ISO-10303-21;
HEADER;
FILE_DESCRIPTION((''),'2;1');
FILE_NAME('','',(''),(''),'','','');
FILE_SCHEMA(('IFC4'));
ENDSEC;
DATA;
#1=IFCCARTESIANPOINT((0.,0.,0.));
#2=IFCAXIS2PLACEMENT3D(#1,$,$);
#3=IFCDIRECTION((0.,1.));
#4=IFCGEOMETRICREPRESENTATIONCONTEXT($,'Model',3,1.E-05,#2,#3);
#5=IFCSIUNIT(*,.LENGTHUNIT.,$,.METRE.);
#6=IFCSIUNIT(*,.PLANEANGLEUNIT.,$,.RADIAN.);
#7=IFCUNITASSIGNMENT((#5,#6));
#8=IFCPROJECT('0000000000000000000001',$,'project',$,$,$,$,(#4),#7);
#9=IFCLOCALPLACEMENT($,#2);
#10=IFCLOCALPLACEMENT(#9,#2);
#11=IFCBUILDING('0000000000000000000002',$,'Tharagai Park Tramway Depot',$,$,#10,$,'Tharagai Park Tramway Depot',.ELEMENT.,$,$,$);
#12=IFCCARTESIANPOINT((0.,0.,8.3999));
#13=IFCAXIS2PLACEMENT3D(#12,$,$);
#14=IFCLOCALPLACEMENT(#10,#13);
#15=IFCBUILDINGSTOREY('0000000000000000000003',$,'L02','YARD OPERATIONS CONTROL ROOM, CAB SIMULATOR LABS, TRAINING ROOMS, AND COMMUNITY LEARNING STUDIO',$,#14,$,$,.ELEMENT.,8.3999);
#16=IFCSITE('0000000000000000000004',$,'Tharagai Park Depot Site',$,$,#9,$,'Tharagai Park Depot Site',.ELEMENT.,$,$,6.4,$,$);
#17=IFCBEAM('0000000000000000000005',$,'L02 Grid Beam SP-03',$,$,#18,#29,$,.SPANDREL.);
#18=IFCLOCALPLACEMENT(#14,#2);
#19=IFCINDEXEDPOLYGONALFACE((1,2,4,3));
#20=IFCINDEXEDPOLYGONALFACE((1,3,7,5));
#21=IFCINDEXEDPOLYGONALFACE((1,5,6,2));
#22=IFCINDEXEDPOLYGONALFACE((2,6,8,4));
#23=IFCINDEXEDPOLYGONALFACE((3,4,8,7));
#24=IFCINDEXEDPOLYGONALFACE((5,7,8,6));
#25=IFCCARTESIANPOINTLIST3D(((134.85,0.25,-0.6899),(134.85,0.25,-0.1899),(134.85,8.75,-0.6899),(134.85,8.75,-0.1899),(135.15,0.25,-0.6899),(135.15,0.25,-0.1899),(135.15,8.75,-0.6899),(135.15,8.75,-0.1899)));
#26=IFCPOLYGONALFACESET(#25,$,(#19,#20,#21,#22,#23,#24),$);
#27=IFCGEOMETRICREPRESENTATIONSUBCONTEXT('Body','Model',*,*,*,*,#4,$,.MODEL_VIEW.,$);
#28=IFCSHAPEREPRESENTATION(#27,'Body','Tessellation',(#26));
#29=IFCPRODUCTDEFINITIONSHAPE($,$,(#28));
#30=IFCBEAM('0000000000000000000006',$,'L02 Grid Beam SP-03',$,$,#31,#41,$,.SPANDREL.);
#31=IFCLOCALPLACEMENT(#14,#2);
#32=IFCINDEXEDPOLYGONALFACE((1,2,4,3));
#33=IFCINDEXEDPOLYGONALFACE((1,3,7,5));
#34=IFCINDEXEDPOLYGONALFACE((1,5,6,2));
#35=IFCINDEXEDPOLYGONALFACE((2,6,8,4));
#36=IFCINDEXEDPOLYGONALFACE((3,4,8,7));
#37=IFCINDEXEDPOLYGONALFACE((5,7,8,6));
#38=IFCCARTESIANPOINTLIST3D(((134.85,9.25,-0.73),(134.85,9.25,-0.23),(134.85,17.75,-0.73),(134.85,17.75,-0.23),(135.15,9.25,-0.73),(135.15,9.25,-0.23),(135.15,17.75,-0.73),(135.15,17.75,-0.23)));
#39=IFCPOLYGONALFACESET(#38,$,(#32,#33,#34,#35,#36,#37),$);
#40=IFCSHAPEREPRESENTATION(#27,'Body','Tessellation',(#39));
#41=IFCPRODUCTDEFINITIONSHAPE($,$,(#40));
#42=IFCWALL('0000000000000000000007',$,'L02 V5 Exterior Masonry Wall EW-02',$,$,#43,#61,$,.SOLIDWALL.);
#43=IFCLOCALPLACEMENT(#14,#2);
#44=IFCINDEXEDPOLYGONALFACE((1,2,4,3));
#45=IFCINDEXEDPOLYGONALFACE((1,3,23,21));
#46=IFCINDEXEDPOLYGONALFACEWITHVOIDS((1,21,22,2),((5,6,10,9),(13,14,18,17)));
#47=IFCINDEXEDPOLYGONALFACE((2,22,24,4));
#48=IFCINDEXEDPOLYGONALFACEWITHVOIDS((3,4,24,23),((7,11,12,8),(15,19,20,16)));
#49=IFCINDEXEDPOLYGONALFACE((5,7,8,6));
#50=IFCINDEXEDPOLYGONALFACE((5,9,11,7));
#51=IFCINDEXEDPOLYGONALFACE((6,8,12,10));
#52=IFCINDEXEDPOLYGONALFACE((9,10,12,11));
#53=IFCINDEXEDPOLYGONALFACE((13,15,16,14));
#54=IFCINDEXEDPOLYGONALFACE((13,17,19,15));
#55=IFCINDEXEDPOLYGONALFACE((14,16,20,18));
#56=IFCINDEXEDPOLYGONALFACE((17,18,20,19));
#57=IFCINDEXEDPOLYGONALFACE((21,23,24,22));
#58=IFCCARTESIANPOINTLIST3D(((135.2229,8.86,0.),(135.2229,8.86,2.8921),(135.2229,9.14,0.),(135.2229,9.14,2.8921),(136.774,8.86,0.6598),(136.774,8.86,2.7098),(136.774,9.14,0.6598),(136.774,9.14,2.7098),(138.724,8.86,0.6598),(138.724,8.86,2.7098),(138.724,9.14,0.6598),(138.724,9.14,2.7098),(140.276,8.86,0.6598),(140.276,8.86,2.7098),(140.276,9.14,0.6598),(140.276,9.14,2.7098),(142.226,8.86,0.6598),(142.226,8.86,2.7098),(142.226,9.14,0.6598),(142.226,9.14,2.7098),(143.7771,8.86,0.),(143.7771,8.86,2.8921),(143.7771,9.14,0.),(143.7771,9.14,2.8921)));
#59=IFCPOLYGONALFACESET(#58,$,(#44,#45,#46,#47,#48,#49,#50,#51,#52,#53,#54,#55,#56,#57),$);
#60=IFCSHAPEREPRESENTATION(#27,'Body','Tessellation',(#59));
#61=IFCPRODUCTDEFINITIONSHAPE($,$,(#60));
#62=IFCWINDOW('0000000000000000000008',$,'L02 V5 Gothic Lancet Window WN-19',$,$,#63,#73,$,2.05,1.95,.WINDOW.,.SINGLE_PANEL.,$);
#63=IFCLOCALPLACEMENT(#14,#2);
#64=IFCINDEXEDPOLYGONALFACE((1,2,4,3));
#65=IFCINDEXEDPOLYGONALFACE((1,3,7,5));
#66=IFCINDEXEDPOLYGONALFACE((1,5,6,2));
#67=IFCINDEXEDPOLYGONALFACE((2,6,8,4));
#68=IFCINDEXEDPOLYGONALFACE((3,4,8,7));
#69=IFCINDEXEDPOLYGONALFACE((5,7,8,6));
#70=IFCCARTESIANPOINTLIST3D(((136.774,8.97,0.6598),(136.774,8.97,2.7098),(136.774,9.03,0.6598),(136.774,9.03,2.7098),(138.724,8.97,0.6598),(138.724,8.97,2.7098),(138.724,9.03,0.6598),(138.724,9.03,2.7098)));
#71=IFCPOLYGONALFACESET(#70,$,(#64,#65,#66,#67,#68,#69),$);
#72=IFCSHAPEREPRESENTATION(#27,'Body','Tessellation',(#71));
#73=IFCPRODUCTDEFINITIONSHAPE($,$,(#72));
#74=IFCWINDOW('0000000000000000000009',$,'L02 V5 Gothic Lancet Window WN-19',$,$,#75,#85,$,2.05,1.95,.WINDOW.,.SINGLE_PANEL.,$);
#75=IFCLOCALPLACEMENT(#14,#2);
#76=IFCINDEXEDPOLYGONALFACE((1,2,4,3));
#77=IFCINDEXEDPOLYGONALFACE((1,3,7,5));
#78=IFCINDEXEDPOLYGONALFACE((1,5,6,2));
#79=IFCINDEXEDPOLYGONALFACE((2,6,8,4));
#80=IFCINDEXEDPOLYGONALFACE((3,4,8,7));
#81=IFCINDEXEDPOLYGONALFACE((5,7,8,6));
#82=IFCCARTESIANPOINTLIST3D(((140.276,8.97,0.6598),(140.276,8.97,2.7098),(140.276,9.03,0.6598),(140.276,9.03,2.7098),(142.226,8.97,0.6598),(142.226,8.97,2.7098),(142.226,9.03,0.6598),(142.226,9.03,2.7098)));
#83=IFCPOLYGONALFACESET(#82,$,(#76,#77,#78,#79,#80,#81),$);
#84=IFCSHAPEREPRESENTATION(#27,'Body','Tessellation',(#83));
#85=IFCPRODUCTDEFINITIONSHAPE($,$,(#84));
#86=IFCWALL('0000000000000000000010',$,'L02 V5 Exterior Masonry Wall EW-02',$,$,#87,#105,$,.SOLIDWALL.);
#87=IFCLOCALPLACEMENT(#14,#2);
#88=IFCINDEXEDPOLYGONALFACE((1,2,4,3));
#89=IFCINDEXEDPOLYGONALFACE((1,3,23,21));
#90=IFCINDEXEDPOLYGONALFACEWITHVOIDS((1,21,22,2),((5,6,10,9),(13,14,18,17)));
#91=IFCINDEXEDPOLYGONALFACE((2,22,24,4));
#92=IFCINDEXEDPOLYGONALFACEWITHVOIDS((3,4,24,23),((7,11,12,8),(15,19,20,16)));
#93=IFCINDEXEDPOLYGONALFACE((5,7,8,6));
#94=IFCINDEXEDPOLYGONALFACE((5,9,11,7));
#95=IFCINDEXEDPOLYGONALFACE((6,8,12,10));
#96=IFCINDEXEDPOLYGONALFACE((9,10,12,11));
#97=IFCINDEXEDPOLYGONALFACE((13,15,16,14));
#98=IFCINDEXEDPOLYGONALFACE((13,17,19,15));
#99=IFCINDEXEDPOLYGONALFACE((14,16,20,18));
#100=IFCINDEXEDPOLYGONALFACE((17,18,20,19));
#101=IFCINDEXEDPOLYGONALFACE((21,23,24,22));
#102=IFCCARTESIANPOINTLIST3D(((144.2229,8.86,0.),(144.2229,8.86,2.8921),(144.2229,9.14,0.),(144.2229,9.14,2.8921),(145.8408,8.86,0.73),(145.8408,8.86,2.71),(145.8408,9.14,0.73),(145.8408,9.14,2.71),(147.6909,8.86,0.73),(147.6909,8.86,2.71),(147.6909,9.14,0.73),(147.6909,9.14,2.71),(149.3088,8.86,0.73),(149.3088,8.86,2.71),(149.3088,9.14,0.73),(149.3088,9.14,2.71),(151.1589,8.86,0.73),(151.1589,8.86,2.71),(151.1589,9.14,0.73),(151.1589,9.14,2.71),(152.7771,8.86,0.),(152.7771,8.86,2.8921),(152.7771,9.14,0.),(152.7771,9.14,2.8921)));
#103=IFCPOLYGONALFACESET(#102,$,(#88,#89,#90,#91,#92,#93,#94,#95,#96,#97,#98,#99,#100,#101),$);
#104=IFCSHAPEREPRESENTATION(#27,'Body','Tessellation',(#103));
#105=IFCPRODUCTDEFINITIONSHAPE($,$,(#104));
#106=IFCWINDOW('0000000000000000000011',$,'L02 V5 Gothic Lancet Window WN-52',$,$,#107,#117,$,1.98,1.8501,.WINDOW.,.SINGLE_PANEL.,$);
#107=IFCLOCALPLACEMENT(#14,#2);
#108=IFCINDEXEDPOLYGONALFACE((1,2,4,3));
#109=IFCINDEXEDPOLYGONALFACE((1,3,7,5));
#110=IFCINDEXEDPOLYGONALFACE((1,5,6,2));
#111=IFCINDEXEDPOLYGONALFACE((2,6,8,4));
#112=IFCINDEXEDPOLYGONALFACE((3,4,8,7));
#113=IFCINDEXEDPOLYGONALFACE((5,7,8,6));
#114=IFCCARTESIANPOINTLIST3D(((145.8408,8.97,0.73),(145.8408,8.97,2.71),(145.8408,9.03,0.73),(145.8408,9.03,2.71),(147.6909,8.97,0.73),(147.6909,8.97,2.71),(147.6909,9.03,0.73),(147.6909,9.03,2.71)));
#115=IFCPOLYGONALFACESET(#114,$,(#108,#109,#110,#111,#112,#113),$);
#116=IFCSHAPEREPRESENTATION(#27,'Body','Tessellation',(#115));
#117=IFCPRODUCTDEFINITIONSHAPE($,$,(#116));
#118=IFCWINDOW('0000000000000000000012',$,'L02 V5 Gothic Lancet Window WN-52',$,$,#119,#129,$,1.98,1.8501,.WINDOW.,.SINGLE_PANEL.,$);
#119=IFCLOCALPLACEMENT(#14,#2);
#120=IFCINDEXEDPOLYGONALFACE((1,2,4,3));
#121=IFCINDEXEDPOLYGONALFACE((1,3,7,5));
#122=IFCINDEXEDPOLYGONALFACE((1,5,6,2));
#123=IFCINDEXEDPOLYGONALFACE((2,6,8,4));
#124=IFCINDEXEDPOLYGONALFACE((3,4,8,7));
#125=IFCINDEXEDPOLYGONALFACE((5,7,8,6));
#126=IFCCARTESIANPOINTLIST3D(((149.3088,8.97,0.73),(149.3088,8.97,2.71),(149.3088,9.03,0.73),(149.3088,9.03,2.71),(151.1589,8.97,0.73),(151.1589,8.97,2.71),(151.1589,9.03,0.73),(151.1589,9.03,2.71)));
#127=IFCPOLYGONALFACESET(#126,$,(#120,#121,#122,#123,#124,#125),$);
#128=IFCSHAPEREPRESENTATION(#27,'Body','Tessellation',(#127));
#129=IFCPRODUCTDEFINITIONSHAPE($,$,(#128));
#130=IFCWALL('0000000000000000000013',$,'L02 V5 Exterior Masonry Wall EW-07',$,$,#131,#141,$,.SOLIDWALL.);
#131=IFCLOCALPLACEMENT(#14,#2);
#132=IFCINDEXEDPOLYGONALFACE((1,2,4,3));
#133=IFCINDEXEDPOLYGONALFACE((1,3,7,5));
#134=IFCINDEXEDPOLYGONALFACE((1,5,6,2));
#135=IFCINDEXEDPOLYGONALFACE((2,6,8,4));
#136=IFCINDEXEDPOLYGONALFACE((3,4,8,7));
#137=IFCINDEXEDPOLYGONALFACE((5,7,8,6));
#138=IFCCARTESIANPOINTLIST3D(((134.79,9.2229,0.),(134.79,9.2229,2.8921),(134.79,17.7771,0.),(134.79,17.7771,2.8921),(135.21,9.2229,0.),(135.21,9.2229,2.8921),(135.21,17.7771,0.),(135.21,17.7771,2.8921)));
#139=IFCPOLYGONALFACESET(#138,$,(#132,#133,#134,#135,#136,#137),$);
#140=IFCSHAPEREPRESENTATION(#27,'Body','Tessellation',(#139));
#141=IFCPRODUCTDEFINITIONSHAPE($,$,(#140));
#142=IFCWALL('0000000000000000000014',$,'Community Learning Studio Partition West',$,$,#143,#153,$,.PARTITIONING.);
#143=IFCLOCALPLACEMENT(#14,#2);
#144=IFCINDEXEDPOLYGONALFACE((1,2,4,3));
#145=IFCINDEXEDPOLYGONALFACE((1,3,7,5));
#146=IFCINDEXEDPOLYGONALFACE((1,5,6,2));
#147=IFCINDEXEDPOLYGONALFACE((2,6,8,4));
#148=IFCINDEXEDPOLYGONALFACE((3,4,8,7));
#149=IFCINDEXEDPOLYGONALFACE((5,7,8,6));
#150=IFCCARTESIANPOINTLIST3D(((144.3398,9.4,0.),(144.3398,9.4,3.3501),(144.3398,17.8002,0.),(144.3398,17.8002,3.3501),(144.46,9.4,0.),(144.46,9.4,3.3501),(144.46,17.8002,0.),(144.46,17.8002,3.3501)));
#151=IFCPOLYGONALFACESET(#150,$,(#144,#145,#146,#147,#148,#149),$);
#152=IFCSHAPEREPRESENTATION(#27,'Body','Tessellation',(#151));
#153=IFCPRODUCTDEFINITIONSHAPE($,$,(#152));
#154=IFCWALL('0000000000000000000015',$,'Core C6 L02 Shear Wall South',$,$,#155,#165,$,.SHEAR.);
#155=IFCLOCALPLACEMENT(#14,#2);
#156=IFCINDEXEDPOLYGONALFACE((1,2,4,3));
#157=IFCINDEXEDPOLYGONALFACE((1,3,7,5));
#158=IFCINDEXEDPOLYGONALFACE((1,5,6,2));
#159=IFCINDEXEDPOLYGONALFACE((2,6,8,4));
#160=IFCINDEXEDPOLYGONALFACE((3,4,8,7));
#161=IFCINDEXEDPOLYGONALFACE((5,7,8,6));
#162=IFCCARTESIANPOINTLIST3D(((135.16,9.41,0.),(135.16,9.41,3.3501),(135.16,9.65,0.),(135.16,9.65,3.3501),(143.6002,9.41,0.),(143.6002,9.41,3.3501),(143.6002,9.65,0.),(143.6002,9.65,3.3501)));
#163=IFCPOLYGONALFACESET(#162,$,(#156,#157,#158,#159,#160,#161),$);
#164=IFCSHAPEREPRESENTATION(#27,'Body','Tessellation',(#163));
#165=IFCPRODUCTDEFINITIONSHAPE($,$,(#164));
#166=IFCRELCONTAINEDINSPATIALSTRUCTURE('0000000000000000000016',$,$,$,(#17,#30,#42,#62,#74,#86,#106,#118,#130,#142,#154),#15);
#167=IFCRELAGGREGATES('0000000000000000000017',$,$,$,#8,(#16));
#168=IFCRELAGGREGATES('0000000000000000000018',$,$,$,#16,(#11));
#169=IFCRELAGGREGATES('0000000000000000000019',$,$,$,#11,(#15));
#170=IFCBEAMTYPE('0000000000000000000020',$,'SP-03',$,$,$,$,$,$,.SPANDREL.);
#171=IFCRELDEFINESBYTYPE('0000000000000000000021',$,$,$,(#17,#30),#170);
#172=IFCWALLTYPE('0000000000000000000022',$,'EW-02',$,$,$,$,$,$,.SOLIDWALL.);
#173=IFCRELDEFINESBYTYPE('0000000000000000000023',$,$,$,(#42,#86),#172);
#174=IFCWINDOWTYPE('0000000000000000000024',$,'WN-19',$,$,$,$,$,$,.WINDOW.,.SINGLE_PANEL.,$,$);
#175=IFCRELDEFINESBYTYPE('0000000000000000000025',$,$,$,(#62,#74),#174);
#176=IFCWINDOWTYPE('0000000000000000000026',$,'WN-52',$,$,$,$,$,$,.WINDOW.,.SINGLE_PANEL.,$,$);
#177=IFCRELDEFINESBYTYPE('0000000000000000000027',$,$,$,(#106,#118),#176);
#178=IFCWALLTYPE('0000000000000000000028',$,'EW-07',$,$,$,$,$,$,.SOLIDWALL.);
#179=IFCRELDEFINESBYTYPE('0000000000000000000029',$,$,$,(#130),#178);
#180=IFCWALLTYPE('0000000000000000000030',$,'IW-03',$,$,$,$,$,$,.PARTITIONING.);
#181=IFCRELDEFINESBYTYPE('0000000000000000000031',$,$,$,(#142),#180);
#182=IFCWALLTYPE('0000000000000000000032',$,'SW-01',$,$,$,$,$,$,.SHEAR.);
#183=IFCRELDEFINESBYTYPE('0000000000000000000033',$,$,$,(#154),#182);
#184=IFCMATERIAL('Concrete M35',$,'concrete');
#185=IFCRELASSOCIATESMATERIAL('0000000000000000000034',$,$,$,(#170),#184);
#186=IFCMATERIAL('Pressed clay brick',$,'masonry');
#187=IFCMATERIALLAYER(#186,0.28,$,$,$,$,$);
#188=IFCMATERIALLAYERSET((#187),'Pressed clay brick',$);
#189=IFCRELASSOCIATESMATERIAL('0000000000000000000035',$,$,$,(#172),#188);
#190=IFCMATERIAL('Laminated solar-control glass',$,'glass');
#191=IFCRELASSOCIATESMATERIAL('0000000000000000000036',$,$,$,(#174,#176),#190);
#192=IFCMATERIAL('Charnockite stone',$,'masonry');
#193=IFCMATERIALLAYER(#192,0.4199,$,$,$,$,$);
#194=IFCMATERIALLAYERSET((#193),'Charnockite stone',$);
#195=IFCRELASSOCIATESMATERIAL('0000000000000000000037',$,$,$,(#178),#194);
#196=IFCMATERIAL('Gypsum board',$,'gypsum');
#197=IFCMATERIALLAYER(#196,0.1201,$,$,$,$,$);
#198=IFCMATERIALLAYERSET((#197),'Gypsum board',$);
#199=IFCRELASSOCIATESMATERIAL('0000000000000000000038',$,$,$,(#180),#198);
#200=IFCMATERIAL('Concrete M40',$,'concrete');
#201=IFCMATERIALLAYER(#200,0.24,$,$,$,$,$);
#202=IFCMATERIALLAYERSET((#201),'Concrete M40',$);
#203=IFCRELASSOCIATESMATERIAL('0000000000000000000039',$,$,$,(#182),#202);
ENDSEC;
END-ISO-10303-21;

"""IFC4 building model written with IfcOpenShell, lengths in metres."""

from ifc_helpers import new_model, si_unit, direction, frame, frame_2d, origin, origin_2d, place, context, subcontext, project, spatial, rectangle, extrude, material, layer, layer_set, material_profile, profile_set, type_object, element, fill, save


model = new_model("IFC4")

# Units and contexts
model_context = context("Model", 3, precision=1e-05, world=origin(), true_north=direction((0.0, 1.0)))
body_context = subcontext(model_context, "Body", "Model", "MODEL_VIEW")
ifc_project = project(units=[si_unit("LENGTHUNIT", "METRE"), si_unit("PLANEANGLEUNIT", "RADIAN")], contexts=[model_context])

# Site, building, storey
site_placement = place(None, origin())
site = spatial("IfcSite", under=ifc_project, at=site_placement, Name="Tharagai Park Depot Site", LongName="Tharagai Park Depot Site", CompositionType="ELEMENT", RefElevation=6.4)
building_placement = place(site_placement, origin())
building = spatial("IfcBuilding", under=site, at=building_placement, Name="Tharagai Park Tramway Depot", LongName="Tharagai Park Tramway Depot", CompositionType="ELEMENT")
storey_placement = place(building_placement, frame((0.0, 0.0, 8.3999)))
storey = spatial("IfcBuildingStorey", under=building, at=storey_placement, Name="L02", Description="YARD OPERATIONS CONTROL ROOM, CAB SIMULATOR LABS, TRAINING ROOMS, AND COMMUNITY LEARNING STUDIO", CompositionType="ELEMENT", Elevation=8.3999)

# Shared definitions
ifc_material_1 = material(Name="Concrete M40", Category="concrete")

# Beams
ifc_material_2 = material(Name="Concrete M35", Category="concrete")
ifc_material_profile_1 = material_profile(ifc_material_2, rectangle(XDim=0.3, YDim=0.5, at=origin_2d()), Name="RC 300x500")
ifc_profile_set_1 = profile_set([ifc_material_profile_1], Name="Concrete M35")
beam_type_1 = type_object("IfcBeamType", Name="SP-03", PredefinedType="SPANDREL", material=ifc_profile_set_1)
for number, where, z_axis, x_axis, name in (
    (1, (135.0, 0.25, -0.4399), (0.0, 1.0, 0.0), (-1.0, 0.0, 0.0), "L02 Grid Beam SP-03"),
    (2, (135.0, 9.25, -0.48), (0.0, 1.0, 0.0), (-1.0, 0.0, 0.0), "L02 Grid Beam SP-03"),
):
    element("IfcBeam", number, at=place(storey_placement, frame(where, z_axis=z_axis, x_axis=x_axis)), inside=storey, type_object=beam_type_1, Name=name, PredefinedType="SPANDREL", context=body_context, shape_type="SweptSolid", body=[
        extrude(rectangle(XDim=0.3, YDim=0.5, at=origin_2d()), origin(), (0.0, 0.0, 1.0), 8.5),
    ])

# Walls, openings, windows
ifc_material_3 = material(Name="Pressed clay brick", Category="masonry")
ifc_layer_1 = layer(ifc_material_3, 0.28)
ifc_layer_set_1 = layer_set([ifc_layer_1], Name="Pressed clay brick")
wall_type_1 = type_object("IfcWallType", Name="EW-02", PredefinedType="SOLIDWALL", material=ifc_layer_set_1)
wall_1_placement = place(storey_placement, frame((135.2229, 9.0, 0.0), z_axis=(0.0, 0.0, 1.0), x_axis=(1.0, 0.0, 0.0)))
wall_1 = element("IfcWall", 3, at=wall_1_placement, inside=storey, type_object=wall_type_1, Name="L02 V5 Exterior Masonry Wall EW-02", PredefinedType="SOLIDWALL", context=body_context, shape_type="SweptSolid", body=[
    extrude(rectangle(XDim=8.5542, YDim=0.28, at=frame_2d((4.2771, 0.0))), origin(), (0.0, 0.0, 1.0), 2.8921),
])
opening_1_placement = place(wall_1_placement, frame((1.551, 0.0, 0.6599)))
opening_1 = element("IfcOpeningElement", 4, at=opening_1_placement, cuts=wall_1, PredefinedType="OPENING", context=body_context, shape_type="SweptSolid", body=[
    extrude(rectangle(XDim=1.95, YDim=2.05, at=frame_2d((0.9751, 1.0249))), frame((0.0, 0.1499, 0.0), z_axis=(0.0, -1.0, 0.0), x_axis=(1.0, 0.0, 0.0)), (0.0, 0.0, 1.0), 0.3),
])
opening_2_placement = place(wall_1_placement, frame((5.053, 0.0, 0.6599)))
opening_2 = element("IfcOpeningElement", 5, at=opening_2_placement, cuts=wall_1, PredefinedType="OPENING", context=body_context, shape_type="SweptSolid", body=[
    extrude(rectangle(XDim=1.95, YDim=2.05, at=frame_2d((0.9751, 1.0249))), frame((0.0, 0.1499, 0.0), z_axis=(0.0, -1.0, 0.0), x_axis=(1.0, 0.0, 0.0)), (0.0, 0.0, 1.0), 0.3),
])
ifc_material_4 = material(Name="Laminated solar-control glass", Category="glass")
window_type_1 = type_object("IfcWindowType", Name="WN-19", PartitioningType="SINGLE_PANEL", PredefinedType="WINDOW", material=ifc_material_4)
window_1_placement = place(opening_1_placement, origin())
window_1 = element("IfcWindow", 6, at=window_1_placement, inside=storey, type_object=window_type_1, Name="L02 V5 Gothic Lancet Window WN-19", OverallHeight=2.05, OverallWidth=1.95, PartitioningType="SINGLE_PANEL", PredefinedType="WINDOW", context=body_context, shape_type="SweptSolid", body=[
    extrude(rectangle(XDim=1.95, YDim=2.05, at=frame_2d((0.9751, 1.0249))), frame((0.0, 0.03, 0.0), z_axis=(0.0, -1.0, 0.0), x_axis=(1.0, 0.0, 0.0)), (0.0, 0.0, 1.0), 0.0601),
])
fill(opening_1, window_1)
window_2_placement = place(opening_2_placement, origin())
window_2 = element("IfcWindow", 7, at=window_2_placement, inside=storey, type_object=window_type_1, Name="L02 V5 Gothic Lancet Window WN-19", OverallHeight=2.05, OverallWidth=1.95, PartitioningType="SINGLE_PANEL", PredefinedType="WINDOW", context=body_context, shape_type="SweptSolid", body=[
    extrude(rectangle(XDim=1.95, YDim=2.05, at=frame_2d((0.9751, 1.0249))), frame((0.0, 0.03, 0.0), z_axis=(0.0, -1.0, 0.0), x_axis=(1.0, 0.0, 0.0)), (0.0, 0.0, 1.0), 0.0601),
])
fill(opening_2, window_2)
wall_2_placement = place(storey_placement, frame((144.2229, 9.0, 0.0), z_axis=(0.0, 0.0, 1.0), x_axis=(1.0, 0.0, 0.0)))
wall_2 = element("IfcWall", 8, at=wall_2_placement, inside=storey, type_object=wall_type_1, Name="L02 V5 Exterior Masonry Wall EW-02", PredefinedType="SOLIDWALL", context=body_context, shape_type="SweptSolid", body=[
    extrude(rectangle(XDim=8.5542, YDim=0.28, at=frame_2d((4.2771, 0.0))), origin(), (0.0, 0.0, 1.0), 2.8921),
])
opening_3_placement = place(wall_2_placement, frame((1.6179, 0.0, 0.73)))
opening_3 = element("IfcOpeningElement", 9, at=opening_3_placement, cuts=wall_2, PredefinedType="OPENING", context=body_context, shape_type="SweptSolid", body=[
    extrude(rectangle(XDim=1.8501, YDim=1.98, at=frame_2d((0.925, 0.99))), frame((0.0, 0.1499, 0.0), z_axis=(0.0, -1.0, 0.0), x_axis=(1.0, 0.0, 0.0)), (0.0, 0.0, 1.0), 0.3),
])
opening_4_placement = place(wall_2_placement, frame((5.0859, 0.0, 0.73)))
opening_4 = element("IfcOpeningElement", 10, at=opening_4_placement, cuts=wall_2, PredefinedType="OPENING", context=body_context, shape_type="SweptSolid", body=[
    extrude(rectangle(XDim=1.8501, YDim=1.98, at=frame_2d((0.925, 0.99))), frame((0.0, 0.1499, 0.0), z_axis=(0.0, -1.0, 0.0), x_axis=(1.0, 0.0, 0.0)), (0.0, 0.0, 1.0), 0.3),
])
window_type_2 = type_object("IfcWindowType", Name="WN-52", PartitioningType="SINGLE_PANEL", PredefinedType="WINDOW", material=ifc_material_4)
window_3_placement = place(opening_3_placement, origin())
window_3 = element("IfcWindow", 11, at=window_3_placement, inside=storey, type_object=window_type_2, Name="L02 V5 Gothic Lancet Window WN-52", OverallHeight=1.98, OverallWidth=1.8501, PartitioningType="SINGLE_PANEL", PredefinedType="WINDOW", context=body_context, shape_type="SweptSolid", body=[
    extrude(rectangle(XDim=1.8501, YDim=1.98, at=frame_2d((0.925, 0.99))), frame((0.0, 0.03, 0.0), z_axis=(0.0, -1.0, 0.0), x_axis=(1.0, 0.0, 0.0)), (0.0, 0.0, 1.0), 0.0601),
])
fill(opening_3, window_3)
window_4_placement = place(opening_4_placement, origin())
window_4 = element("IfcWindow", 12, at=window_4_placement, inside=storey, type_object=window_type_2, Name="L02 V5 Gothic Lancet Window WN-52", OverallHeight=1.98, OverallWidth=1.8501, PartitioningType="SINGLE_PANEL", PredefinedType="WINDOW", context=body_context, shape_type="SweptSolid", body=[
    extrude(rectangle(XDim=1.8501, YDim=1.98, at=frame_2d((0.925, 0.99))), frame((0.0, 0.03, 0.0), z_axis=(0.0, -1.0, 0.0), x_axis=(1.0, 0.0, 0.0)), (0.0, 0.0, 1.0), 0.0601),
])
fill(opening_4, window_4)

# Walls
ifc_material_5 = material(Name="Charnockite stone", Category="masonry")
ifc_layer_2 = layer(ifc_material_5, 0.4199)
ifc_layer_set_2 = layer_set([ifc_layer_2], Name="Charnockite stone")
wall_type_2 = type_object("IfcWallType", Name="EW-07", PredefinedType="SOLIDWALL", material=ifc_layer_set_2)
wall_3_placement = place(storey_placement, frame((135.0, 9.2229, 0.0), z_axis=(0.0, 0.0, 1.0), x_axis=(0.0, 1.0, 0.0)))
element("IfcWall", 13, at=wall_3_placement, inside=storey, type_object=wall_type_2, Name="L02 V5 Exterior Masonry Wall EW-07", PredefinedType="SOLIDWALL", context=body_context, shape_type="SweptSolid", body=[
    extrude(rectangle(XDim=8.5542, YDim=0.4199, at=frame_2d((4.2771, 0.0))), origin(), (0.0, 0.0, 1.0), 2.8921),
])
ifc_material_6 = material(Name="Gypsum board", Category="gypsum")
ifc_layer_3 = layer(ifc_material_6, 0.1201)
ifc_layer_set_3 = layer_set([ifc_layer_3], Name="Gypsum board")
wall_type_3 = type_object("IfcWallType", Name="IW-03", PredefinedType="PARTITIONING", material=ifc_layer_set_3)
wall_4_placement = place(storey_placement, frame((144.3999, 9.3999, 0.0), z_axis=(0.0, 0.0, 1.0), x_axis=(0.0, 1.0, 0.0)))
element("IfcWall", 14, at=wall_4_placement, inside=storey, type_object=wall_type_3, Name="Community Learning Studio Partition West", PredefinedType="PARTITIONING", context=body_context, shape_type="SweptSolid", body=[
    extrude(rectangle(XDim=8.4001, YDim=0.1201, at=frame_2d((4.2002, 0.0))), origin(), (0.0, 0.0, 1.0), 3.3501),
])
ifc_layer_4 = layer(ifc_material_1, 0.24)
ifc_layer_set_4 = layer_set([ifc_layer_4], Name="Concrete M40")
wall_type_4 = type_object("IfcWallType", Name="SW-01", PredefinedType="SHEAR", material=ifc_layer_set_4)
wall_5_placement = place(storey_placement, frame((135.1599, 9.53, 0.0), z_axis=(0.0, 0.0, 1.0), x_axis=(1.0, 0.0, 0.0)))
element("IfcWall", 15, at=wall_5_placement, inside=storey, type_object=wall_type_4, Name="Core C6 L02 Shear Wall South", PredefinedType="SHEAR", context=body_context, shape_type="SweptSolid", body=[
    extrude(rectangle(XDim=8.4402, YDim=0.24, at=frame_2d((4.2202, 0.0))), origin(), (0.0, 0.0, 1.0), 3.3501),
])

save(model, "model.ifc")
